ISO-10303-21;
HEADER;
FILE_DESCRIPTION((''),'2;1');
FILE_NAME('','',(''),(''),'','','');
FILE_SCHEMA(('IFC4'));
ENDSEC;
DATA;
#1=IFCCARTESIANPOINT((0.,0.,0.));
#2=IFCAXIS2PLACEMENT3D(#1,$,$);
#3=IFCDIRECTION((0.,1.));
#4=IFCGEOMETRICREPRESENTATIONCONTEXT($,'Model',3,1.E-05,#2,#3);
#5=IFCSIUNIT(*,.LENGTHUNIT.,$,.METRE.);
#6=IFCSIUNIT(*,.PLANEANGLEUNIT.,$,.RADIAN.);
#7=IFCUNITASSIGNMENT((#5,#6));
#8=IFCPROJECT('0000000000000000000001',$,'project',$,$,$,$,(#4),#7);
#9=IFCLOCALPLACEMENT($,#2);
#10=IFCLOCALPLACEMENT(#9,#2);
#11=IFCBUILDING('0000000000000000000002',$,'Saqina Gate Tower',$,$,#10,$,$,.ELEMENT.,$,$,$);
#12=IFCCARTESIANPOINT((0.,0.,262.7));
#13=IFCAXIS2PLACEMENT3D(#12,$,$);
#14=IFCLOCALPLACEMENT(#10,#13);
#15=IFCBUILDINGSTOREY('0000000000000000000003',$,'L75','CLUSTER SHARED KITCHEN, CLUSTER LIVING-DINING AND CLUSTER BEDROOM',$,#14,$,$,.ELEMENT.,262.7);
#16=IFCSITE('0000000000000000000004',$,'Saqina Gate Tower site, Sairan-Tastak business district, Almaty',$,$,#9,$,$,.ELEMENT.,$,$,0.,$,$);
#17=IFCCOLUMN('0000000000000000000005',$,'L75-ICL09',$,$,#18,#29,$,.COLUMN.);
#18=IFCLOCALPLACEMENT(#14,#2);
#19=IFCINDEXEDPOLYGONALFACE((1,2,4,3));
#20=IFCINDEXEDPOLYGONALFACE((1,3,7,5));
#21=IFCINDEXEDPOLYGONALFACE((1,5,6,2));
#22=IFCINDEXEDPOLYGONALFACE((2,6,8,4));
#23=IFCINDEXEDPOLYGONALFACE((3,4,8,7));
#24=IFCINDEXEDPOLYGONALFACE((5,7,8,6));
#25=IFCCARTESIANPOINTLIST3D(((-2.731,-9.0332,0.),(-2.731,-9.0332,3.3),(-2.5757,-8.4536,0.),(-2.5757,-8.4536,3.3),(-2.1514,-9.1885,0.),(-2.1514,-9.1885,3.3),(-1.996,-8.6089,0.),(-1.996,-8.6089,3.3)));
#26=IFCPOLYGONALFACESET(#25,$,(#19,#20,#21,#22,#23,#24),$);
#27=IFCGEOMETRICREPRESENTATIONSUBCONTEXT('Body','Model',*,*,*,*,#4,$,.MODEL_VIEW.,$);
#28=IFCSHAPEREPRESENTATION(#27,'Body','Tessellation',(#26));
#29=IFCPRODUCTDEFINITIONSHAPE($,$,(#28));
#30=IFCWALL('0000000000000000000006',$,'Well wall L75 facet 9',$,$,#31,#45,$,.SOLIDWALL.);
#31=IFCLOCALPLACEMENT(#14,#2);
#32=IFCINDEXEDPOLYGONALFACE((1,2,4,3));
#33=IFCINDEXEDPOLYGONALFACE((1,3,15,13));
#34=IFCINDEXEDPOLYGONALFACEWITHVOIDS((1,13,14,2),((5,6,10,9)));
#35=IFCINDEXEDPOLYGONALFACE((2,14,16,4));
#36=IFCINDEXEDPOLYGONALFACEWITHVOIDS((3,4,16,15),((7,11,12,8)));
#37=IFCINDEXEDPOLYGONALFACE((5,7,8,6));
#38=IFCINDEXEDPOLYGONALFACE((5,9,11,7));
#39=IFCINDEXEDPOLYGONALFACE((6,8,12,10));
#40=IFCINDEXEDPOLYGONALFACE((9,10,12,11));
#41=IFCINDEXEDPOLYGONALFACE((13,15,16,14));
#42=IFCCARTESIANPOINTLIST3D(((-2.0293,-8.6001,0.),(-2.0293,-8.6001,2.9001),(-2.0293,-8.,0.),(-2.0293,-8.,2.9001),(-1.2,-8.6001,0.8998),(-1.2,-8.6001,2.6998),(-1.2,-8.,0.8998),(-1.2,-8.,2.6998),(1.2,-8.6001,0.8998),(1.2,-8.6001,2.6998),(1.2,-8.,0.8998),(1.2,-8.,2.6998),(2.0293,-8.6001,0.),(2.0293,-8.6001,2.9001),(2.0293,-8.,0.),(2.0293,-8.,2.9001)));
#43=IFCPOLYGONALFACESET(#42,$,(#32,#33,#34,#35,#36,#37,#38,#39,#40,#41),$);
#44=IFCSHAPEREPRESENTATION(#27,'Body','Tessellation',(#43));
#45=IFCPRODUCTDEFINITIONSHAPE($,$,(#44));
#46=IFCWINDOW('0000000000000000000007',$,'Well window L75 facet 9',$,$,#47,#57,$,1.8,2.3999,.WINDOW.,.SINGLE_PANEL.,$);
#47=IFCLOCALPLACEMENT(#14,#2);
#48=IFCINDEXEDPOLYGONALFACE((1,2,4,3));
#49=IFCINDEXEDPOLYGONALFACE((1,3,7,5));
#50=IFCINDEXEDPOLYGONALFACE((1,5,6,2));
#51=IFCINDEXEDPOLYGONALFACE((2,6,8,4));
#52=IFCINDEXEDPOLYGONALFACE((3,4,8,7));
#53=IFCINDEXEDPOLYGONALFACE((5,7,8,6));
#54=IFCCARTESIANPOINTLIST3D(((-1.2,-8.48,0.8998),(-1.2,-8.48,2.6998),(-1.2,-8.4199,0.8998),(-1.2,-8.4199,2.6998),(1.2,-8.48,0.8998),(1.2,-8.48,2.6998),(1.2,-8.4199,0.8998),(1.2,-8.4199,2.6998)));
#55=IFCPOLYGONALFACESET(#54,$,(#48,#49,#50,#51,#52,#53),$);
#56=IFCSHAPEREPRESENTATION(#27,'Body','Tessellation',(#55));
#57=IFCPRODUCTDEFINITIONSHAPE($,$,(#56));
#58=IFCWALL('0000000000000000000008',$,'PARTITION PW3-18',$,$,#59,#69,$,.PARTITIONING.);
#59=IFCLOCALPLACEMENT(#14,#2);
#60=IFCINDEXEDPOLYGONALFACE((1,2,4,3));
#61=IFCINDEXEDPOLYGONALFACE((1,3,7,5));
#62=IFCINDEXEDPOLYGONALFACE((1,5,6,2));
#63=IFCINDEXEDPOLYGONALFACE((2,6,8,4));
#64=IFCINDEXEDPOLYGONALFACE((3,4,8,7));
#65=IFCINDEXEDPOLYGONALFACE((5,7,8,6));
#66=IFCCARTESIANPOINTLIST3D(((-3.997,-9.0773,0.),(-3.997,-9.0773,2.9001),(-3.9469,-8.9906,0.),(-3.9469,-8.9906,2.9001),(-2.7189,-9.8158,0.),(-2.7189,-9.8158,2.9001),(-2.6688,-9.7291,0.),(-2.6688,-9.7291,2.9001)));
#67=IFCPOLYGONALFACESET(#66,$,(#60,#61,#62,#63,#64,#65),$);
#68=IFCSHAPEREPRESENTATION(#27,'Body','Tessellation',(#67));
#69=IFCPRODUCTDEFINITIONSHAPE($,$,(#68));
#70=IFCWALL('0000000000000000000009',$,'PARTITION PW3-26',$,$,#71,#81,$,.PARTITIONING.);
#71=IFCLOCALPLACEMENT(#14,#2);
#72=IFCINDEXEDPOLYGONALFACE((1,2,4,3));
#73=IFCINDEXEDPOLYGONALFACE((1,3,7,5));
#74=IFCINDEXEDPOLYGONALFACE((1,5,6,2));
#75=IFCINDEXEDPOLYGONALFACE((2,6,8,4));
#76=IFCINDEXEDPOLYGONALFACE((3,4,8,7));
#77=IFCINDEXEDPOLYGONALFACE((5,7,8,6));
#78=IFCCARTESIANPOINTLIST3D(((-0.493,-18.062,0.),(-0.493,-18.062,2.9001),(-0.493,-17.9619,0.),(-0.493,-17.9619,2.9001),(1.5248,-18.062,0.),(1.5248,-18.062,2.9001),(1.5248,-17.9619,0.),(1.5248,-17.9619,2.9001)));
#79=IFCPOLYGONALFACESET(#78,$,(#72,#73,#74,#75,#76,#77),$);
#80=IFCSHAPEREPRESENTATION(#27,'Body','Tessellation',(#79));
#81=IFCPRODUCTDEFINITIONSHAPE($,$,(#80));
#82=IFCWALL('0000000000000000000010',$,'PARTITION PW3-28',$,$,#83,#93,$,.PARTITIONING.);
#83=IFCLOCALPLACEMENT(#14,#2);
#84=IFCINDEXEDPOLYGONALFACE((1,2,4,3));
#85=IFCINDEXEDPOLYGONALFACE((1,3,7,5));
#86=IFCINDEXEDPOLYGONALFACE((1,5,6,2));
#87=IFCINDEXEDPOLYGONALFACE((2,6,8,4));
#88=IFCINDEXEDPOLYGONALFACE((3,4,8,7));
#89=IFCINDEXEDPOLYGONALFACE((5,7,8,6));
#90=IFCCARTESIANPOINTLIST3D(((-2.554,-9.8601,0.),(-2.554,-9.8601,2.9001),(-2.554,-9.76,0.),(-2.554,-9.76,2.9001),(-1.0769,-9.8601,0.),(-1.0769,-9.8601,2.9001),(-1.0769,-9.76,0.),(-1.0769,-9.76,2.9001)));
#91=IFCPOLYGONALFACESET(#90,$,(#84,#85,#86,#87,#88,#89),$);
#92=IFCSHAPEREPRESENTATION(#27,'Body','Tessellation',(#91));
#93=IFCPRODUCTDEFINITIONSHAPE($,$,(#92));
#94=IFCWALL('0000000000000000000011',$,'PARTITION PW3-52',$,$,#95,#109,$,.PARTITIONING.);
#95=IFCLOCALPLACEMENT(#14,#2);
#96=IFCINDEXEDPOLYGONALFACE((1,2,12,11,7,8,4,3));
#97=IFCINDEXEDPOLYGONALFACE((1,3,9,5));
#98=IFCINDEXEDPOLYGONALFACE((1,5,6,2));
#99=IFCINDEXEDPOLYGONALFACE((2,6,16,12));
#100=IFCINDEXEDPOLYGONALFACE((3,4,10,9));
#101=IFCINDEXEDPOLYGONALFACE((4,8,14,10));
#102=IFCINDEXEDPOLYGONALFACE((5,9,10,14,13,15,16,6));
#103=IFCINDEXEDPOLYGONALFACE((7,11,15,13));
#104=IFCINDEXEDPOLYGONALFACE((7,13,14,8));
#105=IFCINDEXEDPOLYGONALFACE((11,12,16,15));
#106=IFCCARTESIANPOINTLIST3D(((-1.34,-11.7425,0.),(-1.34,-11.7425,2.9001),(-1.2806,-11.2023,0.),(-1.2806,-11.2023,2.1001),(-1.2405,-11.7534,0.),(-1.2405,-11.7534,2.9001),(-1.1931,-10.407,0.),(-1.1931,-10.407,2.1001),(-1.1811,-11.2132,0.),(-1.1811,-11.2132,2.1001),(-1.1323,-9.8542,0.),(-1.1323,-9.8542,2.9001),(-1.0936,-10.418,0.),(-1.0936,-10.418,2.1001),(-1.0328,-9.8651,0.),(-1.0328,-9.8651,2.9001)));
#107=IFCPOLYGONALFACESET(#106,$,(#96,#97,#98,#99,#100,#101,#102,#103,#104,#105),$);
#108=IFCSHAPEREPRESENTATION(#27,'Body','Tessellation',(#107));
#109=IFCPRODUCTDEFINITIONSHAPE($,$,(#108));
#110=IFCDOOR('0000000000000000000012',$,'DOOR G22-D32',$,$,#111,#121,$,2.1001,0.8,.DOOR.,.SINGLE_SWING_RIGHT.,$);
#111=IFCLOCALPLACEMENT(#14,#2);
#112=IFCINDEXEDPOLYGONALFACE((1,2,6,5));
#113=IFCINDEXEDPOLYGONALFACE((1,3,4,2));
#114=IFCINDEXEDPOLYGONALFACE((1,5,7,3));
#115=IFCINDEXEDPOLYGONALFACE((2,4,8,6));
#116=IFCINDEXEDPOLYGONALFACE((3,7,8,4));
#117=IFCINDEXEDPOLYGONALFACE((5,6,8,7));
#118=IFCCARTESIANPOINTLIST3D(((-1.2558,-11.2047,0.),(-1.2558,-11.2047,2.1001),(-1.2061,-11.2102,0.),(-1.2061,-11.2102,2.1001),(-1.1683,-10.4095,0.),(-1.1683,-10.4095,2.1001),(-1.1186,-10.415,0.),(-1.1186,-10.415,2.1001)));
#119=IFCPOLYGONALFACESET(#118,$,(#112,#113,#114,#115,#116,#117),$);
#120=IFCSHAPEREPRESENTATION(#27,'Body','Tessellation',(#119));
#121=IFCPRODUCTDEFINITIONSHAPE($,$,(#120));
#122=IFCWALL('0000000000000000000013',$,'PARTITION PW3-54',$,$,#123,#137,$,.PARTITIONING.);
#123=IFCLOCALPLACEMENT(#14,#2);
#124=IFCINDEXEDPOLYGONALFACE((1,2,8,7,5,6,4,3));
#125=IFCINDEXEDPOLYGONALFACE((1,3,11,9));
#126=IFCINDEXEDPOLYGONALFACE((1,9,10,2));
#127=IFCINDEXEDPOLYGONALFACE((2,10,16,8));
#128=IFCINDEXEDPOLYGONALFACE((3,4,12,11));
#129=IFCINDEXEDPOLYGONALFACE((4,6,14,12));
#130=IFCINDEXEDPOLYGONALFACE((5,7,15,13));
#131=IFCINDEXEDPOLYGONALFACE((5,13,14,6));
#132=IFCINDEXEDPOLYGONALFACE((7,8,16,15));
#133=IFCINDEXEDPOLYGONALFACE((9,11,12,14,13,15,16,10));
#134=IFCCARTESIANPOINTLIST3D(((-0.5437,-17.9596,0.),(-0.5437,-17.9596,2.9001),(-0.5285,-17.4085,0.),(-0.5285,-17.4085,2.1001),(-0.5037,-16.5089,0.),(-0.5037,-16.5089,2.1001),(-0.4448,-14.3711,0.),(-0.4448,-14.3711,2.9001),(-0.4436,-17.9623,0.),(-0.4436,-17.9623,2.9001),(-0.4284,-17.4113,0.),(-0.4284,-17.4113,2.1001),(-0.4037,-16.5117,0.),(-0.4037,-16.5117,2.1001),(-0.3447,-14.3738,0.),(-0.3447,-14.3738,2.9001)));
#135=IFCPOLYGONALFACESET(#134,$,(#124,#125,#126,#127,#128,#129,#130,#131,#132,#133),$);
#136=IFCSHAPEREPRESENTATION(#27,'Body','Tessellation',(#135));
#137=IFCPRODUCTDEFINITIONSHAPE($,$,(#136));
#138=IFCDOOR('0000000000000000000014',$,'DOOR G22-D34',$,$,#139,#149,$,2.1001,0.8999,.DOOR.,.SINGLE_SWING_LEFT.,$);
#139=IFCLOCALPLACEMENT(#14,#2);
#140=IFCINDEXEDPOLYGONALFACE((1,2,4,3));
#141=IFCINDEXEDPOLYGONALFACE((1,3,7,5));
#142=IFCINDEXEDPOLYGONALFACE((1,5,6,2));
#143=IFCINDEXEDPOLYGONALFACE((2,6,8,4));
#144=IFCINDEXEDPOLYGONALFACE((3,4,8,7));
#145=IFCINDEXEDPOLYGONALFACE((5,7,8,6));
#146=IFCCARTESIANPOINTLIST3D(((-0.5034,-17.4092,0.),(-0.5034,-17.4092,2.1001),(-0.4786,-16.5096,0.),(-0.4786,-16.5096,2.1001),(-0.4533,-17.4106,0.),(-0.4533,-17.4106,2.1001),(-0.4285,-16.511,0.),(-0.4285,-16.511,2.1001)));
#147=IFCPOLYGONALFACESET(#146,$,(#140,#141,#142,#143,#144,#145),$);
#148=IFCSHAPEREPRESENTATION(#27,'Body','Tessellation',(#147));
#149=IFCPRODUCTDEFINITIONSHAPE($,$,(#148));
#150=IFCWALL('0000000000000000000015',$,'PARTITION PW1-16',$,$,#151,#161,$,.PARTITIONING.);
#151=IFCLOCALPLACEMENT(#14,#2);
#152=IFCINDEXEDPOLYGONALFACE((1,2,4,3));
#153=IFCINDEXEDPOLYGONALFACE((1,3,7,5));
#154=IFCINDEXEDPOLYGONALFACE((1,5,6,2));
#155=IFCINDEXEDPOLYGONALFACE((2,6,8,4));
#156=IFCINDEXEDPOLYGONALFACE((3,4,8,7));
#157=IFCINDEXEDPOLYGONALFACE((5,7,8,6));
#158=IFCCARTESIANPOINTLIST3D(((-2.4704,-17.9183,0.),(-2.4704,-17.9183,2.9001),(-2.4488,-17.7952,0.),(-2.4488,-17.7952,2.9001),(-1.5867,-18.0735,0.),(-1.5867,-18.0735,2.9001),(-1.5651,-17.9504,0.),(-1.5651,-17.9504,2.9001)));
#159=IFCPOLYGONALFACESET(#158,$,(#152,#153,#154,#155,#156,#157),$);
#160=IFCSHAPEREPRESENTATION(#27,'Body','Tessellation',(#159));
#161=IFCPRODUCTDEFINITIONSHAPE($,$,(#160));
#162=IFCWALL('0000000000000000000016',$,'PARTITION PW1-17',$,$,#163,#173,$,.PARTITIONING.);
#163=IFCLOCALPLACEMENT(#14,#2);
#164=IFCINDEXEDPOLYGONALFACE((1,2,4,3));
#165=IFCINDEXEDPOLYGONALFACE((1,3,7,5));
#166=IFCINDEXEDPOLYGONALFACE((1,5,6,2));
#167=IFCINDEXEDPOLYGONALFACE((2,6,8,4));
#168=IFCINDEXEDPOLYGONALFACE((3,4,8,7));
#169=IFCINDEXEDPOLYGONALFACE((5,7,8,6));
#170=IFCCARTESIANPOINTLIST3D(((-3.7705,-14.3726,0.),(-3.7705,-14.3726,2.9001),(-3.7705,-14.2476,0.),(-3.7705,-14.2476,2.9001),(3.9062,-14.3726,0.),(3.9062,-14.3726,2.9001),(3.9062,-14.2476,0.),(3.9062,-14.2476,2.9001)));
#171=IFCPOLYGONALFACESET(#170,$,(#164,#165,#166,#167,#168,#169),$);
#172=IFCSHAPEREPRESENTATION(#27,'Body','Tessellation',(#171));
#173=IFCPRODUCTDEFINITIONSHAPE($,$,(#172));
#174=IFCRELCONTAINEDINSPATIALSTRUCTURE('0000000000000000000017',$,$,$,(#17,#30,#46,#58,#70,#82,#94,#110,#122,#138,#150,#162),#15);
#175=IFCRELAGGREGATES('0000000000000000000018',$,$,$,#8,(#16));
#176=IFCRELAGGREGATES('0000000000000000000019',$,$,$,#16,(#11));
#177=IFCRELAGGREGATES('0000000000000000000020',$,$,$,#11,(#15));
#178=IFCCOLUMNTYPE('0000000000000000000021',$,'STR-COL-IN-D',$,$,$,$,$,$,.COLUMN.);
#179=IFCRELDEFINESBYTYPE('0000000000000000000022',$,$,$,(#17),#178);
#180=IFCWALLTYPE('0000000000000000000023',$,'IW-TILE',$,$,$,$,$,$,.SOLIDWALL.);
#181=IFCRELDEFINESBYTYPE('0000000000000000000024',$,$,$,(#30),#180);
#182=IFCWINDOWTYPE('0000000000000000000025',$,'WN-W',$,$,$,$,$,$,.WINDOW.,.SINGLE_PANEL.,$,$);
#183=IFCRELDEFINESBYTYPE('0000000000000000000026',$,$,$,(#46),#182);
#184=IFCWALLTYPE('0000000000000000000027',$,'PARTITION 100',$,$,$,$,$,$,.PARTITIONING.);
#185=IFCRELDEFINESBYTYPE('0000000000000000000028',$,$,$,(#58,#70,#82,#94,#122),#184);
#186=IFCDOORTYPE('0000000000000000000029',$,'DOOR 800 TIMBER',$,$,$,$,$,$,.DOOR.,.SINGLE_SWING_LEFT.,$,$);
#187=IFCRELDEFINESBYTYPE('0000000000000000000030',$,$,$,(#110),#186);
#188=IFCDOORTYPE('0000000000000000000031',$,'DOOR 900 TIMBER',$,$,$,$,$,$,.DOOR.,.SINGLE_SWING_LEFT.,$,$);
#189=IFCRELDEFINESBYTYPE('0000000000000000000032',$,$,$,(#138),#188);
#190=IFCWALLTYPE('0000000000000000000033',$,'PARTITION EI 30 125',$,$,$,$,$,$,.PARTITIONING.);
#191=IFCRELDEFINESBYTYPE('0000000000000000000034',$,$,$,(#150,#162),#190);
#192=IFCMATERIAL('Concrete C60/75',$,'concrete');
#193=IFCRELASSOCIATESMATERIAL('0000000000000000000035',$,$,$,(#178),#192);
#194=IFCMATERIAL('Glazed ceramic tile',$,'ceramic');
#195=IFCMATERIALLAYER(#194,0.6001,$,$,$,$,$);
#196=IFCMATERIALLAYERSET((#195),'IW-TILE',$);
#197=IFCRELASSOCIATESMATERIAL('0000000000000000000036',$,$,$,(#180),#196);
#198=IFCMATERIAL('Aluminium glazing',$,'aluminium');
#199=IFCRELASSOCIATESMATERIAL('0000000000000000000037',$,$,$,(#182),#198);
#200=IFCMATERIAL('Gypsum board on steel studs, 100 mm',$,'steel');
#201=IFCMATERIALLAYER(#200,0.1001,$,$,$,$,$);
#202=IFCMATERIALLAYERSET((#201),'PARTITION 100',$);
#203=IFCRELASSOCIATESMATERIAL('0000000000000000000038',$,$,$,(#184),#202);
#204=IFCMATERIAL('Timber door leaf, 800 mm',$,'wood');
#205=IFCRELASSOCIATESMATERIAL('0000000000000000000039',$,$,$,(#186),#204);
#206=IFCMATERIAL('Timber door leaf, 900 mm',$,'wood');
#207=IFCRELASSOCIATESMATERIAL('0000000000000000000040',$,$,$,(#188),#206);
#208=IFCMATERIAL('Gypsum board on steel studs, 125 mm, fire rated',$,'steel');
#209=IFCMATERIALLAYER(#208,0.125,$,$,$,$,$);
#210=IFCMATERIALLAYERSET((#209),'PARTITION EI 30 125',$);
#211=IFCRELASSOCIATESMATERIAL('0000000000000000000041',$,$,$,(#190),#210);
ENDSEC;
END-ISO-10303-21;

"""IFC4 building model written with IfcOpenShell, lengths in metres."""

from ifc_helpers import new_model, si_unit, direction, frame, frame_2d, origin, origin_2d, place, context, subcontext, project, spatial, rectangle, extrude, material, layer, layer_set, material_profile, profile_set, type_object, element, fill, save


model = new_model("IFC4")

# Units and contexts
model_context = context("Model", 3, precision=1e-05, world=origin(), true_north=direction((0.0, 1.0)))
body_context = subcontext(model_context, "Body", "Model", "MODEL_VIEW")
ifc_project = project(units=[si_unit("LENGTHUNIT", "METRE"), si_unit("PLANEANGLEUNIT", "RADIAN")], contexts=[model_context])

# Site, building, storey
site_placement = place(None, origin())
site = spatial("IfcSite", under=ifc_project, at=site_placement, Name="Saqina Gate Tower site, Sairan-Tastak business district, Almaty", CompositionType="ELEMENT", RefElevation=0.0)
building_placement = place(site_placement, origin())
building = spatial("IfcBuilding", under=site, at=building_placement, Name="Saqina Gate Tower", CompositionType="ELEMENT")
storey_placement = place(building_placement, frame((0.0, 0.0, 262.7)))
storey = spatial("IfcBuildingStorey", under=building, at=storey_placement, Name="L75", Description="CLUSTER SHARED KITCHEN, CLUSTER LIVING-DINING AND CLUSTER BEDROOM", CompositionType="ELEMENT", Elevation=262.7)

# Column
ifc_material_1 = material(Name="Concrete C60/75", Category="concrete")
ifc_material_profile = material_profile(ifc_material_1, rectangle(XDim=0.6001, YDim=0.6001, at=origin_2d()), Name="RC 600x600")
ifc_profile_set = profile_set([ifc_material_profile], Name="Concrete C60/75")
column_type = type_object("IfcColumnType", Name="STR-COL-IN-D", PredefinedType="COLUMN", material=ifc_profile_set)
column_placement = place(storey_placement, frame((-2.3635, -8.821, 0.0), z_axis=(0.0, 0.0, 1.0), x_axis=(-0.258819, -0.965926, 0.0)))
element("IfcColumn", 1, at=column_placement, inside=storey, type_object=column_type, Name="L75-ICL09", PredefinedType="COLUMN", context=body_context, shape_type="SweptSolid", body=[
    extrude(rectangle(XDim=0.6001, YDim=0.6001, at=origin_2d()), origin(), (0.0, 0.0, 1.0), 3.3),
])

# Wall, opening, window
ifc_material_2 = material(Name="Glazed ceramic tile", Category="ceramic")
ifc_layer_1 = layer(ifc_material_2, 0.6001)
ifc_layer_set_1 = layer_set([ifc_layer_1], Name="IW-TILE")
wall_type_1 = type_object("IfcWallType", Name="IW-TILE", PredefinedType="SOLIDWALL", material=ifc_layer_set_1)
wall_1_placement = place(storey_placement, frame((-2.0293, -8.3, 0.0), z_axis=(0.0, 0.0, 1.0), x_axis=(1.0, 0.0, 0.0)))
wall_1 = element("IfcWall", 2, at=wall_1_placement, inside=storey, type_object=wall_type_1, Name="Well wall L75 facet 9", PredefinedType="SOLIDWALL", context=body_context, shape_type="SweptSolid", body=[
    extrude(rectangle(XDim=4.0586, YDim=0.6001, at=frame_2d((2.0293, 0.0))), origin(), (0.0, 0.0, 1.0), 2.9001),
])
opening_1_placement = place(wall_1_placement, frame((0.8293, 0.0, 0.8999)))
opening_1 = element("IfcOpeningElement", 3, at=opening_1_placement, cuts=wall_1, PredefinedType="OPENING", context=body_context, shape_type="SweptSolid", body=[
    extrude(rectangle(XDim=2.3999, YDim=1.8, at=frame_2d((1.2, 0.8999))), frame((0.0, 0.312, 0.0), z_axis=(0.0, -1.0, 0.0), x_axis=(1.0, 0.0, 0.0)), (0.0, 0.0, 1.0), 0.624),
])
ifc_material_3 = material(Name="Aluminium glazing", Category="aluminium")
window_type = type_object("IfcWindowType", Name="WN-W", PartitioningType="SINGLE_PANEL", PredefinedType="WINDOW", material=ifc_material_3)
window_placement = place(opening_1_placement, origin())
window = element("IfcWindow", 4, at=window_placement, inside=storey, type_object=window_type, Name="Well window L75 facet 9", OverallHeight=1.8, OverallWidth=2.3999, PartitioningType="SINGLE_PANEL", PredefinedType="WINDOW", context=body_context, shape_type="SweptSolid", body=[
    extrude(rectangle(XDim=2.3999, YDim=1.8, at=frame_2d((1.2, 0.8999))), frame((0.0, -0.1199, 0.0), z_axis=(0.0, -1.0, 0.0), x_axis=(1.0, 0.0, 0.0)), (0.0, 0.0, 1.0), 0.0601),
])
fill(opening_1, window)

# Walls
ifc_material_4 = material(Name="Gypsum board on steel studs, 100 mm", Category="steel")
ifc_layer_2 = layer(ifc_material_4, 0.1001)
ifc_layer_set_2 = layer_set([ifc_layer_2], Name="PARTITION 100")
wall_type_2 = type_object("IfcWallType", Name="PARTITION 100", PredefinedType="PARTITIONING", material=ifc_layer_set_2)
wall_2_placement = place(storey_placement, frame((-3.9719, -9.0339, 0.0), z_axis=(0.0, 0.0, 1.0), x_axis=(0.865841, -0.500319, 0.0)))
element("IfcWall", 5, at=wall_2_placement, inside=storey, type_object=wall_type_2, Name="PARTITION PW3-18", PredefinedType="PARTITIONING", context=body_context, shape_type="SweptSolid", body=[
    extrude(rectangle(XDim=1.4761, YDim=0.1001, at=frame_2d((0.738, 0.0))), origin(), (0.0, 0.0, 1.0), 2.9001),
])
wall_3_placement = place(storey_placement, frame((-0.4929, -18.012, 0.0), z_axis=(0.0, 0.0, 1.0), x_axis=(1.0, 0.0, 0.0)))
element("IfcWall", 6, at=wall_3_placement, inside=storey, type_object=wall_type_2, Name="PARTITION PW3-26", PredefinedType="PARTITIONING", context=body_context, shape_type="SweptSolid", body=[
    extrude(rectangle(XDim=2.0178, YDim=0.1001, at=frame_2d((1.0088, 0.0))), origin(), (0.0, 0.0, 1.0), 2.9001),
])
wall_4_placement = place(storey_placement, frame((-2.554, -9.8101, 0.0), z_axis=(0.0, 0.0, 1.0), x_axis=(1.0, 0.0, 0.0)))
element("IfcWall", 7, at=wall_4_placement, inside=storey, type_object=wall_type_2, Name="PARTITION PW3-28", PredefinedType="PARTITIONING", context=body_context, shape_type="SweptSolid", body=[
    extrude(rectangle(XDim=1.4771, YDim=0.1001, at=frame_2d((0.7385, 0.0))), origin(), (0.0, 0.0, 1.0), 2.9001),
])

# Walls, openings, doors
wall_5_placement = place(storey_placement, frame((-1.2903, -11.7478, 0.0), z_axis=(0.0, 0.0, 1.0), x_axis=(0.109373, 0.994001, 0.0)))
wall_5 = element("IfcWall", 8, at=wall_5_placement, inside=storey, type_object=wall_type_2, Name="PARTITION PW3-52", PredefinedType="PARTITIONING", context=body_context, shape_type="SweptSolid", body=[
    extrude(rectangle(XDim=1.8997, YDim=0.1001, at=frame_2d((0.9497, 0.0))), origin(), (0.0, 0.0, 1.0), 2.9001),
])
opening_2_placement = place(wall_5_placement, frame((0.5435, 0.0, 0.0)))
opening_2 = element("IfcOpeningElement", 9, at=opening_2_placement, cuts=wall_5, PredefinedType="OPENING", context=body_context, shape_type="SweptSolid", body=[
    extrude(rectangle(XDim=0.8, YDim=2.1001, at=frame_2d((0.3999, 1.05))), frame((0.0, 0.062, 0.0), z_axis=(0.0, -1.0, 0.0), x_axis=(1.0, 0.0, 0.0)), (0.0, 0.0, 1.0), 0.124),
])
ifc_material_5 = material(Name="Timber door leaf, 800 mm", Category="wood")
door_type_1 = type_object("IfcDoorType", Name="DOOR 800 TIMBER", OperationType="SINGLE_SWING_LEFT", PredefinedType="DOOR", material=ifc_material_5)
door_1_placement = place(opening_2_placement, frame((0.8, 0.0, 0.0), z_axis=(0.0, 0.0, 1.0), x_axis=(-1.0, 0.0, 0.0)))
door_1 = element("IfcDoor", 10, at=door_1_placement, inside=storey, type_object=door_type_1, Name="DOOR G22-D32", OperationType="SINGLE_SWING_RIGHT", OverallHeight=2.1001, OverallWidth=0.8, PredefinedType="DOOR", context=body_context, shape_type="SweptSolid", body=[
    extrude(rectangle(XDim=0.8, YDim=2.1001, at=frame_2d((0.3999, 1.05))), frame((0.0, 0.0249, 0.0), z_axis=(0.0, -1.0, 0.0), x_axis=(1.0, 0.0, 0.0)), (0.0, 0.0, 1.0), 0.05),
])
fill(opening_2, door_1)
wall_6_placement = place(storey_placement, frame((-0.4937, -17.9609, 0.0), z_axis=(0.0, 0.0, 1.0), x_axis=(0.027544, 0.999621, 0.0)))
wall_6 = element("IfcWall", 11, at=wall_6_placement, inside=storey, type_object=wall_type_2, Name="PARTITION PW3-54", PredefinedType="PARTITIONING", context=body_context, shape_type="SweptSolid", body=[
    extrude(rectangle(XDim=3.5898, YDim=0.1001, at=frame_2d((1.7949, 0.0))), origin(), (0.0, 0.0, 1.0), 2.9001),
])
opening_3_placement = place(wall_6_placement, frame((0.5513, 0.0, 0.0)))
opening_3 = element("IfcOpeningElement", 12, at=opening_3_placement, cuts=wall_6, PredefinedType="OPENING", context=body_context, shape_type="SweptSolid", body=[
    extrude(rectangle(XDim=0.8999, YDim=2.1001, at=frame_2d((0.45, 1.05))), frame((0.0, 0.062, 0.0), z_axis=(0.0, -1.0, 0.0), x_axis=(1.0, 0.0, 0.0)), (0.0, 0.0, 1.0), 0.124),
])
ifc_material_6 = material(Name="Timber door leaf, 900 mm", Category="wood")
door_type_2 = type_object("IfcDoorType", Name="DOOR 900 TIMBER", OperationType="SINGLE_SWING_LEFT", PredefinedType="DOOR", material=ifc_material_6)
door_2_placement = place(opening_3_placement, origin())
door_2 = element("IfcDoor", 13, at=door_2_placement, inside=storey, type_object=door_type_2, Name="DOOR G22-D34", OperationType="SINGLE_SWING_LEFT", OverallHeight=2.1001, OverallWidth=0.8999, PredefinedType="DOOR", context=body_context, shape_type="SweptSolid", body=[
    extrude(rectangle(XDim=0.8999, YDim=2.1001, at=frame_2d((0.45, 1.05))), frame((0.0, 0.0249, 0.0), z_axis=(0.0, -1.0, 0.0), x_axis=(1.0, 0.0, 0.0)), (0.0, 0.0, 1.0), 0.05),
])
fill(opening_3, door_2)

# Walls
ifc_material_7 = material(Name="Gypsum board on steel studs, 125 mm, fire rated", Category="steel")
ifc_layer_3 = layer(ifc_material_7, 0.125)
ifc_layer_set_3 = layer_set([ifc_layer_3], Name="PARTITION EI 30 125")
wall_type_3 = type_object("IfcWallType", Name="PARTITION EI 30 125", PredefinedType="PARTITIONING", material=ifc_layer_set_3)
wall_7_placement = place(storey_placement, frame((-2.4597, -17.8567, 0.0), z_axis=(0.0, 0.0, 1.0), x_axis=(0.984915, -0.17304, 0.0)))
element("IfcWall", 14, at=wall_7_placement, inside=storey, type_object=wall_type_3, Name="PARTITION PW1-16", PredefinedType="PARTITIONING", context=body_context, shape_type="SweptSolid", body=[
    extrude(rectangle(XDim=0.8972, YDim=0.125, at=frame_2d((0.4487, 0.0))), origin(), (0.0, 0.0, 1.0), 2.9001),
])
wall_8_placement = place(storey_placement, frame((-3.7705, -14.3101, 0.0), z_axis=(0.0, 0.0, 1.0), x_axis=(1.0, 0.0, 0.0)))
element("IfcWall", 15, at=wall_8_placement, inside=storey, type_object=wall_type_3, Name="PARTITION PW1-17", PredefinedType="PARTITIONING", context=body_context, shape_type="SweptSolid", body=[
    extrude(rectangle(XDim=7.6768, YDim=0.125, at=frame_2d((3.8384, 0.0))), origin(), (0.0, 0.0, 1.0), 2.9001),
])

save(model, "model.ifc")
